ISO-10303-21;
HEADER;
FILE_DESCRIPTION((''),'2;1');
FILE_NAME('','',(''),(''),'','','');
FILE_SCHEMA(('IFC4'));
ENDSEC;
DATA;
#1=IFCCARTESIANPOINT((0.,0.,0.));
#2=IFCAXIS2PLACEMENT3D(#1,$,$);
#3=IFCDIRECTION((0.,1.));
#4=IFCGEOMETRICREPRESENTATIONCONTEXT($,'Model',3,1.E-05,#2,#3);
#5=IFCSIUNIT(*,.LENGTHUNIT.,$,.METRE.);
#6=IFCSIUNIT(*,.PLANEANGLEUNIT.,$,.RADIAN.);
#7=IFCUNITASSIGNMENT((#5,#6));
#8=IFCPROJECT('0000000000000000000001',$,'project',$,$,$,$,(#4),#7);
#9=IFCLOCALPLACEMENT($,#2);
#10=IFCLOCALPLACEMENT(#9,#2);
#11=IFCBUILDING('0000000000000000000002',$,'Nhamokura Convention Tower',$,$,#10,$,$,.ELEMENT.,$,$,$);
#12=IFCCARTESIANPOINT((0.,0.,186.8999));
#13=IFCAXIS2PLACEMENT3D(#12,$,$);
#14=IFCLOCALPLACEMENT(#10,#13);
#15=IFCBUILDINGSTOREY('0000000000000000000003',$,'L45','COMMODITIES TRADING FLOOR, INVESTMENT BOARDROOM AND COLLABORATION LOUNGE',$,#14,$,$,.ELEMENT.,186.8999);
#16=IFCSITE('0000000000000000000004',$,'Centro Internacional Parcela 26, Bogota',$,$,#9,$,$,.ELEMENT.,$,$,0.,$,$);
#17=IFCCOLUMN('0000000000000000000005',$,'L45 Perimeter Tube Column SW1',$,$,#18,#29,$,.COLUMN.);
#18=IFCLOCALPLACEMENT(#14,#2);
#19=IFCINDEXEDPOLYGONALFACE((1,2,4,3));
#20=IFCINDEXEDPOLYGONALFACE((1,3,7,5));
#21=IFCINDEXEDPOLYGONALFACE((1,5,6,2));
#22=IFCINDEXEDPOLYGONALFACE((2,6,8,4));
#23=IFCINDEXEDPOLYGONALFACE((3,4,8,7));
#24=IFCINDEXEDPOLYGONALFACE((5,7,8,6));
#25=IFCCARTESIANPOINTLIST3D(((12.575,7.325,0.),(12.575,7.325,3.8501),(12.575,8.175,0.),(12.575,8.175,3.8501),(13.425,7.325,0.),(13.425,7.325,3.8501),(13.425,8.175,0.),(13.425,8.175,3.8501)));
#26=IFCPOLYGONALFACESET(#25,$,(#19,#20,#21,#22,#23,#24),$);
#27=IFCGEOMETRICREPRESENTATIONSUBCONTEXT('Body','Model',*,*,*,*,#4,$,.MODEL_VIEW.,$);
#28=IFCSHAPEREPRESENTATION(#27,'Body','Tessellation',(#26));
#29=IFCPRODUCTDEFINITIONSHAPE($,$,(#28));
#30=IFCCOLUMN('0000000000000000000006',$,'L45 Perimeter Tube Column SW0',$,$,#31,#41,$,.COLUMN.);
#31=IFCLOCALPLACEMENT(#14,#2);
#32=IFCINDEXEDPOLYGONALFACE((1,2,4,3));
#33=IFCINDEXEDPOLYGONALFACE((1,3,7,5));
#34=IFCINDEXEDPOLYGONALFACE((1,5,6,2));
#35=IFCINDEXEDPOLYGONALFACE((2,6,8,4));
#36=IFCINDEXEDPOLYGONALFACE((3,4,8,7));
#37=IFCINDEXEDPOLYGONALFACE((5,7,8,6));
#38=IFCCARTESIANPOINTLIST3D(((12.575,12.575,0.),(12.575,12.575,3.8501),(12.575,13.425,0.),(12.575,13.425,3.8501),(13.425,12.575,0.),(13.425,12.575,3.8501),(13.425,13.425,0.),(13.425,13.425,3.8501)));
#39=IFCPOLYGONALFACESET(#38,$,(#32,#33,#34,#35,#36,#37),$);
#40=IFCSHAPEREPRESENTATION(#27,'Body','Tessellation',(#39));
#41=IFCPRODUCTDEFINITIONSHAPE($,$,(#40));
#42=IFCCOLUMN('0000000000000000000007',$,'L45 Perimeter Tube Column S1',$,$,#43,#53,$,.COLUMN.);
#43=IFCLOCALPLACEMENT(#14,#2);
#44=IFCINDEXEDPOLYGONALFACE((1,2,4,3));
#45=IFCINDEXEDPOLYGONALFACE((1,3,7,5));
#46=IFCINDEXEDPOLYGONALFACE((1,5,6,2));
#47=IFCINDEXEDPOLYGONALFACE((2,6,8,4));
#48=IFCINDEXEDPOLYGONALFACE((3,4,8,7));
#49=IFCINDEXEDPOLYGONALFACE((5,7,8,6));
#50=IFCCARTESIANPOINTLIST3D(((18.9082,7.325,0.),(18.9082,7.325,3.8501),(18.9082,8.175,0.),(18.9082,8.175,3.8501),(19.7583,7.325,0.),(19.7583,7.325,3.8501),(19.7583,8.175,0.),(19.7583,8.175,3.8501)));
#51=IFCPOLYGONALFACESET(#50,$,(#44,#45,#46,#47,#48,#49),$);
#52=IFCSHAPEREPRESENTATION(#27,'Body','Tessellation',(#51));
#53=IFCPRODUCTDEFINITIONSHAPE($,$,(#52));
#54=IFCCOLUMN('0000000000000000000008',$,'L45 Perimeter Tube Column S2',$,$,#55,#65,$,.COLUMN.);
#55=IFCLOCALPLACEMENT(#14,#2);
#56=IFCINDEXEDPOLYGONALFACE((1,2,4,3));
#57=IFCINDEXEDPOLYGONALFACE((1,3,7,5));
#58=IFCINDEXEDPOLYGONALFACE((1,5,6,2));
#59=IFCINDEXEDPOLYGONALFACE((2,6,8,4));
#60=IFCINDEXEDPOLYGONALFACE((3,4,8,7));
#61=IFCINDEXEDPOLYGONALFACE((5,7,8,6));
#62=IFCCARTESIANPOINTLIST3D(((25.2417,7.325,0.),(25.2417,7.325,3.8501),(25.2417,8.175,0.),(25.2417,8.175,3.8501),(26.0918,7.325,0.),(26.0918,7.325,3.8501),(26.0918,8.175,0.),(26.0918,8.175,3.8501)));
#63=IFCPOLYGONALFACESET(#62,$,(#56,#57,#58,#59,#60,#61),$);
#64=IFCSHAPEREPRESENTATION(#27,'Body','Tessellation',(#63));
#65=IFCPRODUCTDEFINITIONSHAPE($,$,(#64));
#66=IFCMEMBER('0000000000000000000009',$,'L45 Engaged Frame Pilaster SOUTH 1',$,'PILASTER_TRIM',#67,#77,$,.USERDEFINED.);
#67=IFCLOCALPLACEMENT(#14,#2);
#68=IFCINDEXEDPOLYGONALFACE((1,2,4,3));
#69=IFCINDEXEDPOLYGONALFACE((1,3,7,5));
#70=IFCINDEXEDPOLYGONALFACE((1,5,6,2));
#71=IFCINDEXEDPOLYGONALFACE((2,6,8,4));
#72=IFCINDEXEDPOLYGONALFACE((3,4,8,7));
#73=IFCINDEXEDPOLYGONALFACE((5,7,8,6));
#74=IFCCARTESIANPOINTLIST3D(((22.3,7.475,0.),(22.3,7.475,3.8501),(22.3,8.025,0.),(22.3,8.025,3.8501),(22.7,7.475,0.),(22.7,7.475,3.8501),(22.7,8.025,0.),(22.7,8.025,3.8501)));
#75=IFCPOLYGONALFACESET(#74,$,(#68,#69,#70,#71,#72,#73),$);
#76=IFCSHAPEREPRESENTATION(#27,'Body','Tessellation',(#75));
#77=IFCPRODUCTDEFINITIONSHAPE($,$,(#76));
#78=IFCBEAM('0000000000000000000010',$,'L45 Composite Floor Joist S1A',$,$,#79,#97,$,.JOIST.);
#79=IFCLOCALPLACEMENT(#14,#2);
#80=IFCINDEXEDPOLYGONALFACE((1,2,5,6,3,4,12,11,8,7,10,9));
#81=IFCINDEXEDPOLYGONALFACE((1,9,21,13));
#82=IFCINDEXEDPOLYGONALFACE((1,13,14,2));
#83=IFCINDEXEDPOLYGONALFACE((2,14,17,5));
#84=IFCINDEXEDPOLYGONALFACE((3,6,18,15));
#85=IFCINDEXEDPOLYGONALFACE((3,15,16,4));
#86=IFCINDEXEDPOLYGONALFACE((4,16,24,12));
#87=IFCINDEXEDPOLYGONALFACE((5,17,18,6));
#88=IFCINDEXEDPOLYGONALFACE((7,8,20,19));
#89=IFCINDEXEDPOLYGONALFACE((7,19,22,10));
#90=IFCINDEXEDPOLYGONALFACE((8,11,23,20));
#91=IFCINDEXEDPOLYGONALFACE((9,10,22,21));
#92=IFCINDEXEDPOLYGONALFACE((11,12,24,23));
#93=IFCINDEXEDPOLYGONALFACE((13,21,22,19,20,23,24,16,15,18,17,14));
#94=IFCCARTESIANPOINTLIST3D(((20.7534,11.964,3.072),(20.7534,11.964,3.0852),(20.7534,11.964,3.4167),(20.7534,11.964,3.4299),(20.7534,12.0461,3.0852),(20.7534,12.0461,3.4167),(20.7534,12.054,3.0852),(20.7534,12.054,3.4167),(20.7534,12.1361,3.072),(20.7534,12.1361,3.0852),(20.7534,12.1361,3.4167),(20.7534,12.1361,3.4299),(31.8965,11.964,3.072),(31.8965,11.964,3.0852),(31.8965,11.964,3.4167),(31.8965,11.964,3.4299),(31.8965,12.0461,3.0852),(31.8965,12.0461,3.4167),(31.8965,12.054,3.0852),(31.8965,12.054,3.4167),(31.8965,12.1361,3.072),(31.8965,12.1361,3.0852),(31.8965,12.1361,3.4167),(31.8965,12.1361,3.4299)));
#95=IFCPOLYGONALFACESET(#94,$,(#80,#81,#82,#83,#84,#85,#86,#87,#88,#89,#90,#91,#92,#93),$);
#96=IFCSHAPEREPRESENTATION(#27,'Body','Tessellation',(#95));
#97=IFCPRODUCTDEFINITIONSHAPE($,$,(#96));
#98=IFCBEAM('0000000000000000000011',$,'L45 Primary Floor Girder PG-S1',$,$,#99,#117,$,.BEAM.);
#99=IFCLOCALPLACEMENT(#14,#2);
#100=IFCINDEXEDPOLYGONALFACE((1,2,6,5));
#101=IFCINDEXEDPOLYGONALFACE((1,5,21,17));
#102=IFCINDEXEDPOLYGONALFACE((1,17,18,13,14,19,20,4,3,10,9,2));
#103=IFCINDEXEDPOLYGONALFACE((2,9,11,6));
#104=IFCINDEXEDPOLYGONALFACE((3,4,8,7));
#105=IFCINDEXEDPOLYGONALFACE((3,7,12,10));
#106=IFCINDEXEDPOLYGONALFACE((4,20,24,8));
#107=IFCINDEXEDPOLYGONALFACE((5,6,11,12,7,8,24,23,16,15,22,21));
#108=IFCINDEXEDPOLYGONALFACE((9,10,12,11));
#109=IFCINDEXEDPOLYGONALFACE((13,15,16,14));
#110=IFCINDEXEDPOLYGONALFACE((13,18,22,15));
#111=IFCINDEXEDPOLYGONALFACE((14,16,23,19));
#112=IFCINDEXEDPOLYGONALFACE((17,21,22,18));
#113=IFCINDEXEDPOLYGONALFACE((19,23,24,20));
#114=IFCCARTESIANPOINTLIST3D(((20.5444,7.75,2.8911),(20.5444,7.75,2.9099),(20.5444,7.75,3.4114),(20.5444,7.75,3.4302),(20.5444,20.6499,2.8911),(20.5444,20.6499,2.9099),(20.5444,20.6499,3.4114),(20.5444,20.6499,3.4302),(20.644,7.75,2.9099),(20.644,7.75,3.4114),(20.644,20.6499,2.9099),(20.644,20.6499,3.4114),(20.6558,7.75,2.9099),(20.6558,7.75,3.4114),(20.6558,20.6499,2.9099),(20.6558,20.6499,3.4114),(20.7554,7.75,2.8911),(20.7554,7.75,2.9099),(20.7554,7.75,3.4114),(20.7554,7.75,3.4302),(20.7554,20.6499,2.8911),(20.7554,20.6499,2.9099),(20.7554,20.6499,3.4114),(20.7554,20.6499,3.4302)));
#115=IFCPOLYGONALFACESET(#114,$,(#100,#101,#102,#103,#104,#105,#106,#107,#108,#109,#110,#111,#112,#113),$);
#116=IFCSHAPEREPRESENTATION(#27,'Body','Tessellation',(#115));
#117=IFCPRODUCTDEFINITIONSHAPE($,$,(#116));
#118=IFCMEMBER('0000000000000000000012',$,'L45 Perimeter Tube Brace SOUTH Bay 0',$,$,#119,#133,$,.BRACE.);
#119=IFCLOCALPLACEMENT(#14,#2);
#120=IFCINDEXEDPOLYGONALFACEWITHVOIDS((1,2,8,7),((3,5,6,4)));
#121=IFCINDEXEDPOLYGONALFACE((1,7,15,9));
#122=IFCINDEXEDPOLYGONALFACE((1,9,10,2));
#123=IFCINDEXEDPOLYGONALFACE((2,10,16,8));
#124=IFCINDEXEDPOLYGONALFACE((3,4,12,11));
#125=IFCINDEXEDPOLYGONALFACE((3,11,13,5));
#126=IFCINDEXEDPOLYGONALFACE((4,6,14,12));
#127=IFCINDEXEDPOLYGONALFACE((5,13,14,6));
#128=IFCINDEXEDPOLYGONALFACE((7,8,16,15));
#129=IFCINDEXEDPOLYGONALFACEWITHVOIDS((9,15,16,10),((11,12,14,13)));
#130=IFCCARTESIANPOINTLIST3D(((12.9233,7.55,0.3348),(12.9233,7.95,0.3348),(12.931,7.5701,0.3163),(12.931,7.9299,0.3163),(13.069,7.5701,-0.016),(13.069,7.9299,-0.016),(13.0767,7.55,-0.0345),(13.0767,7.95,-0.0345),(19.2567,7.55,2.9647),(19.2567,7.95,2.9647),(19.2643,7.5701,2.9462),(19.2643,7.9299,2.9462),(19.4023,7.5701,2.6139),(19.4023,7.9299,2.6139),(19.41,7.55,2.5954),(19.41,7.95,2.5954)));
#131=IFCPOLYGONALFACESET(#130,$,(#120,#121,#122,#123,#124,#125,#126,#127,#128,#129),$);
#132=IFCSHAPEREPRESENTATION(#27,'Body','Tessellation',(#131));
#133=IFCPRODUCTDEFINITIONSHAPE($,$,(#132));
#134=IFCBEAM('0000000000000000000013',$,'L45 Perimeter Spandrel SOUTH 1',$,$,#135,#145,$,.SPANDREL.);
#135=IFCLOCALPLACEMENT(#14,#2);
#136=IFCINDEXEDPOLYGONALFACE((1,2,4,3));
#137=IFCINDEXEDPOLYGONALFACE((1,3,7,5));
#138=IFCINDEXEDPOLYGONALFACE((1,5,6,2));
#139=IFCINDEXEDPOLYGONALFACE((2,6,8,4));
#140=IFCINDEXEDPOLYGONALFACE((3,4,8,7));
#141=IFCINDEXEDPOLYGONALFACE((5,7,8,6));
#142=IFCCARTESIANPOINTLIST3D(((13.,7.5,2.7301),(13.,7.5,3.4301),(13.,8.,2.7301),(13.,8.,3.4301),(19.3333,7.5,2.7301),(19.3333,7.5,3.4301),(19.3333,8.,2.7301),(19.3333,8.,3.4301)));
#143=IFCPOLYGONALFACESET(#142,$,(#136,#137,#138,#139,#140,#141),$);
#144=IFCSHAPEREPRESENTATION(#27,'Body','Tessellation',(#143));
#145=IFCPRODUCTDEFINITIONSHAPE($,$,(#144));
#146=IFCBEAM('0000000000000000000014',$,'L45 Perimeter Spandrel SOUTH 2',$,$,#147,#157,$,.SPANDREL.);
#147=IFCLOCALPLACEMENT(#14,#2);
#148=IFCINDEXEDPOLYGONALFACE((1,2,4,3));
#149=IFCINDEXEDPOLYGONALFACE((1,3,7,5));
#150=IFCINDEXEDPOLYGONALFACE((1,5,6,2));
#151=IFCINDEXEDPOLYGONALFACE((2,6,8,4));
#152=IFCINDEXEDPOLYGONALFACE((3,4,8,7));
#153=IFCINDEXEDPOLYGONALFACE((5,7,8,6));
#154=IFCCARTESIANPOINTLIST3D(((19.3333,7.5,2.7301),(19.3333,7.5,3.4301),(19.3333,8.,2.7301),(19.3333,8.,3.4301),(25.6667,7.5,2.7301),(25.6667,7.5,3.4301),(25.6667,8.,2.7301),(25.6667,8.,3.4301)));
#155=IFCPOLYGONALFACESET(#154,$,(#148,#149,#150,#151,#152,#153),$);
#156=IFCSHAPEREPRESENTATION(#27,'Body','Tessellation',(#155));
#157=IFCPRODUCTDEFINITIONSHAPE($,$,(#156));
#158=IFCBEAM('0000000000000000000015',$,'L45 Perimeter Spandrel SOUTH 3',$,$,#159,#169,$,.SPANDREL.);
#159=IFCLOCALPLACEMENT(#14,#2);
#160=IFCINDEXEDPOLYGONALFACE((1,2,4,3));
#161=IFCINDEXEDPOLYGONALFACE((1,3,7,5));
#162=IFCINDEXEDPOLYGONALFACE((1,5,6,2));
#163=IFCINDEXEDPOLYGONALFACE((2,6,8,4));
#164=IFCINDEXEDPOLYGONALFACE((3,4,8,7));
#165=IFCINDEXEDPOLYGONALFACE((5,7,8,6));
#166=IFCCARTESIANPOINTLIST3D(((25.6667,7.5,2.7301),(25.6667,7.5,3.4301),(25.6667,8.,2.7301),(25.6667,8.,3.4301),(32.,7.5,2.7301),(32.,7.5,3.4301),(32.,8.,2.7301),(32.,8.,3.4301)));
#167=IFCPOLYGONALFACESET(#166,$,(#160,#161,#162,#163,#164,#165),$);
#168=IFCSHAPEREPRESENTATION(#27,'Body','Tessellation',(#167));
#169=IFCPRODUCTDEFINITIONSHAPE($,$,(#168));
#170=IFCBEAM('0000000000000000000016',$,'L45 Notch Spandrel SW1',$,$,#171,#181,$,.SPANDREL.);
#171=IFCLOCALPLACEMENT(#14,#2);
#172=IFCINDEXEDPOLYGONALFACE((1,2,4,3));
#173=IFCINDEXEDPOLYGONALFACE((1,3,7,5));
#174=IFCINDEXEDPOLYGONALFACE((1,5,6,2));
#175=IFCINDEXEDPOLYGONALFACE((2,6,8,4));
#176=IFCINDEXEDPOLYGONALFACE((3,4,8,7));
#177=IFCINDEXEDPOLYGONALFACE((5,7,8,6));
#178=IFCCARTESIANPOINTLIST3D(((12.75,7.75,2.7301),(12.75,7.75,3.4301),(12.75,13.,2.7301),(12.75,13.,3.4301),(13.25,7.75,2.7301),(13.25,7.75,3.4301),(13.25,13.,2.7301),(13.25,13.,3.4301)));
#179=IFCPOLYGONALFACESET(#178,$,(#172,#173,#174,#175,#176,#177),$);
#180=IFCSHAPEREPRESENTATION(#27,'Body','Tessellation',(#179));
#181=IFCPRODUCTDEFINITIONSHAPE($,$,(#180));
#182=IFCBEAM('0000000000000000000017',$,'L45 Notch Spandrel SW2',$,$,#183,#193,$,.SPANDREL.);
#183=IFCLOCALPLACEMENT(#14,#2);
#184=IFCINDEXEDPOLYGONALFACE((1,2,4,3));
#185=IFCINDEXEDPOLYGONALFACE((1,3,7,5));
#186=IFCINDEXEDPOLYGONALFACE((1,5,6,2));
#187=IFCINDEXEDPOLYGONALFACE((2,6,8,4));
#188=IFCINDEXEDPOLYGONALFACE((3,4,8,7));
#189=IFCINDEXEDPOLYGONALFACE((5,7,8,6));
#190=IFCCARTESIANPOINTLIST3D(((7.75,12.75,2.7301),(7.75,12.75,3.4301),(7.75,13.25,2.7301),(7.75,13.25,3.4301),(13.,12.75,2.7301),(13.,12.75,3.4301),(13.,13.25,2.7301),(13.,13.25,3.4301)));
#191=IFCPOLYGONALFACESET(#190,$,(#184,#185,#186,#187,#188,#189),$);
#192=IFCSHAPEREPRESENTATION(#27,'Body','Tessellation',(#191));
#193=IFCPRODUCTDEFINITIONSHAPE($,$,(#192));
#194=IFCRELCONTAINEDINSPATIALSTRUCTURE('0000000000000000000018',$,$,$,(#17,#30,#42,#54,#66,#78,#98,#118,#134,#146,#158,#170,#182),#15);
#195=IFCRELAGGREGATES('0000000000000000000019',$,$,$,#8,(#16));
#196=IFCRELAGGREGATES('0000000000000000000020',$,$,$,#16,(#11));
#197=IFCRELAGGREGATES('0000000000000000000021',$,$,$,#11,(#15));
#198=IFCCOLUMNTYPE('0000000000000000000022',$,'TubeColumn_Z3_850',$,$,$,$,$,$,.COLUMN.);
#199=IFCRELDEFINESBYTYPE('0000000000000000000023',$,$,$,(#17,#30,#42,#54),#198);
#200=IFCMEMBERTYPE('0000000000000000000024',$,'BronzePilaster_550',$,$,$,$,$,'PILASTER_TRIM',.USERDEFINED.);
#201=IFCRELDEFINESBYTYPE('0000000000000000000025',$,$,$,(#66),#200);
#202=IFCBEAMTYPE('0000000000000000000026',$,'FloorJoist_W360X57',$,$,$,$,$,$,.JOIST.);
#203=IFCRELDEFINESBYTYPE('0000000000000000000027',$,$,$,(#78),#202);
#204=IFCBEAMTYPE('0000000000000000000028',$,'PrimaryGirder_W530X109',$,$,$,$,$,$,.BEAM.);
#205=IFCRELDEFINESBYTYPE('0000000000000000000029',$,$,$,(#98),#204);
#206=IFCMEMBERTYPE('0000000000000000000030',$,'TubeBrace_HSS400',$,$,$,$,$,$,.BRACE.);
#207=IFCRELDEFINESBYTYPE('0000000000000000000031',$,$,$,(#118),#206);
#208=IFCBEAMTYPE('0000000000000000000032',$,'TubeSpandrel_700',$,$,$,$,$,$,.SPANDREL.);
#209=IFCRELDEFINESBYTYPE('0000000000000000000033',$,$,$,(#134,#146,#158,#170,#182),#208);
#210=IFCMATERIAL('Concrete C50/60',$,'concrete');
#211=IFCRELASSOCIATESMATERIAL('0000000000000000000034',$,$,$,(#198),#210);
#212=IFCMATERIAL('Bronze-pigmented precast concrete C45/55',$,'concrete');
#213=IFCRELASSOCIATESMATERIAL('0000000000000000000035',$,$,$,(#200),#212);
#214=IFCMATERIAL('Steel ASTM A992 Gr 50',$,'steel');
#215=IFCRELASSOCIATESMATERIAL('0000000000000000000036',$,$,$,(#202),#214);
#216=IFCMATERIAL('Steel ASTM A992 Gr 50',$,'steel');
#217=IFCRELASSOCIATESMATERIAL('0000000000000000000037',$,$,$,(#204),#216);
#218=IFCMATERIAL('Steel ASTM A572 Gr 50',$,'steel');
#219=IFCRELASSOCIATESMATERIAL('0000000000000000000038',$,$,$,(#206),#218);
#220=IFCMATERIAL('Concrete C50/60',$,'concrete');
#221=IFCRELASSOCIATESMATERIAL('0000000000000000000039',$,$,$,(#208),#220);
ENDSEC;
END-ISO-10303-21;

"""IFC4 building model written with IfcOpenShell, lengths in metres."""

from ifc_helpers import new_model, si_unit, direction, frame, origin, origin_2d, place, context, subcontext, project, spatial, rectangle, hollow_rectangle, i_section, extrude, material, material_profile, profile_set, type_object, element, save


model = new_model("IFC4")

# Units and contexts
model_context = context("Model", 3, precision=1e-05, world=origin(), true_north=direction((0.0, 1.0)))
body_context = subcontext(model_context, "Body", "Model", "MODEL_VIEW")
ifc_project = project(units=[si_unit("LENGTHUNIT", "METRE"), si_unit("PLANEANGLEUNIT", "RADIAN")], contexts=[model_context])

# Site, building, storey
site_placement = place(None, origin())
site = spatial("IfcSite", under=ifc_project, at=site_placement, Name="Centro Internacional Parcela 26, Bogota", CompositionType="ELEMENT", RefElevation=0.0)
building_placement = place(site_placement, origin())
building = spatial("IfcBuilding", under=site, at=building_placement, Name="Nhamokura Convention Tower", CompositionType="ELEMENT")
storey_placement = place(building_placement, frame((0.0, 0.0, 186.8999)))
storey = spatial("IfcBuildingStorey", under=building, at=storey_placement, Name="L45", Description="COMMODITIES TRADING FLOOR, INVESTMENT BOARDROOM AND COLLABORATION LOUNGE", CompositionType="ELEMENT", Elevation=186.8999)

# Columns
ifc_material_1 = material(Name="Concrete C50/60", Category="concrete")
ifc_material_profile_1 = material_profile(ifc_material_1, rectangle(XDim=0.8501, YDim=0.8501, at=origin_2d()))
ifc_profile_set_1 = profile_set([ifc_material_profile_1], Name="Concrete C50/60")
column_type = type_object("IfcColumnType", Name="TubeColumn_Z3_850", PredefinedType="COLUMN", material=ifc_profile_set_1)
for number, where, z_axis, x_axis, name in (
    (1, (13.0, 7.75, 0.0), (0.0, 0.0, 1.0), (1.0, 0.0, 0.0), "L45 Perimeter Tube Column SW1"),
    (2, (13.0, 13.0, 0.0), (0.0, 0.0, 1.0), (1.0, 0.0, 0.0), "L45 Perimeter Tube Column SW0"),
    (3, (19.3333, 7.75, 0.0), (0.0, 0.0, 1.0), (1.0, 0.0, 0.0), "L45 Perimeter Tube Column S1"),
    (4, (25.6667, 7.75, 0.0), (0.0, 0.0, 1.0), (1.0, 0.0, 0.0), "L45 Perimeter Tube Column S2"),
):
    element("IfcColumn", number, at=place(storey_placement, frame(where, z_axis=z_axis, x_axis=x_axis)), inside=storey, type_object=column_type, Name=name, PredefinedType="COLUMN", context=body_context, shape_type="SweptSolid", body=[
        extrude(rectangle(XDim=0.8501, YDim=0.8501, at=origin_2d()), origin(), (0.0, 0.0, 1.0), 3.8501),
    ])

# Member
ifc_material_2 = material(Name="Bronze-pigmented precast concrete C45/55", Category="concrete")
ifc_material_profile_2 = material_profile(ifc_material_2, rectangle(XDim=0.3999, YDim=0.55, at=origin_2d()))
ifc_profile_set_2 = profile_set([ifc_material_profile_2], Name="Bronze-pigmented precast concrete C45/55")
member_type_1 = type_object("IfcMemberType", Name="BronzePilaster_550", ElementType="PILASTER_TRIM", PredefinedType="USERDEFINED", material=ifc_profile_set_2)
member_1_placement = place(storey_placement, frame((22.5, 7.75, 0.0), z_axis=(0.0, 0.0, 1.0), x_axis=(1.0, 0.0, 0.0)))
element("IfcMember", 5, at=member_1_placement, inside=storey, type_object=member_type_1, Name="L45 Engaged Frame Pilaster SOUTH 1", ObjectType="PILASTER_TRIM", PredefinedType="USERDEFINED", context=body_context, shape_type="SweptSolid", body=[
    extrude(rectangle(XDim=0.3999, YDim=0.55, at=origin_2d()), origin(), (0.0, 0.0, 1.0), 3.8501),
])

# Beams
ifc_material_3 = material(Name="Steel ASTM A992 Gr 50", Category="steel")
ifc_material_profile_3 = material_profile(ifc_material_3, i_section(OverallWidth=0.1721, OverallDepth=0.3579, WebThickness=0.0078, FlangeThickness=0.0132, at=origin_2d()))
ifc_profile_set_3 = profile_set([ifc_material_profile_3], Name="Steel ASTM A992 Gr 50")
beam_type_1 = type_object("IfcBeamType", Name="FloorJoist_W360X57", PredefinedType="JOIST", material=ifc_profile_set_3)
beam_1_placement = place(storey_placement, frame((20.7534, 12.05, 3.251), z_axis=(1.0, 0.0, 0.0), x_axis=(0.0, 1.0, 0.0)))
element("IfcBeam", 6, at=beam_1_placement, inside=storey, type_object=beam_type_1, Name="L45 Composite Floor Joist S1A", PredefinedType="JOIST", context=body_context, shape_type="SweptSolid", body=[
    extrude(i_section(OverallWidth=0.1721, OverallDepth=0.3579, WebThickness=0.0078, FlangeThickness=0.0132, at=origin_2d()), origin(), (0.0, 0.0, 1.0), 11.1431),
])
ifc_material_4 = material(Name="Steel ASTM A992 Gr 50", Category="steel")
ifc_material_profile_4 = material_profile(ifc_material_4, i_section(OverallWidth=0.2109, OverallDepth=0.5391, WebThickness=0.0117, FlangeThickness=0.0188, at=origin_2d()))
ifc_profile_set_4 = profile_set([ifc_material_profile_4], Name="Steel ASTM A992 Gr 50")
beam_type_2 = type_object("IfcBeamType", Name="PrimaryGirder_W530X109", PredefinedType="BEAM", material=ifc_profile_set_4)
beam_2_placement = place(storey_placement, frame((20.6499, 7.75, 3.1606), z_axis=(0.0, 1.0, 0.0), x_axis=(-1.0, 0.0, 0.0)))
element("IfcBeam", 7, at=beam_2_placement, inside=storey, type_object=beam_type_2, Name="L45 Primary Floor Girder PG-S1", PredefinedType="BEAM", context=body_context, shape_type="SweptSolid", body=[
    extrude(i_section(OverallWidth=0.2109, OverallDepth=0.5391, WebThickness=0.0117, FlangeThickness=0.0188, at=origin_2d()), origin(), (0.0, 0.0, 1.0), 12.8999),
])

# Member
ifc_material_5 = material(Name="Steel ASTM A572 Gr 50", Category="steel")
ifc_material_profile_5 = material_profile(ifc_material_5, hollow_rectangle(XDim=0.3999, YDim=0.3999, WallThickness=0.02, at=origin_2d()))
ifc_profile_set_5 = profile_set([ifc_material_profile_5], Name="Steel ASTM A572 Gr 50")
member_type_2 = type_object("IfcMemberType", Name="TubeBrace_HSS400", PredefinedType="BRACE", material=ifc_profile_set_5)
member_2_placement = place(storey_placement, frame((13.0, 7.75, 0.1501), z_axis=(0.923541, 0.0, 0.3835), x_axis=(0.0, 1.0, 0.0)))
element("IfcMember", 8, at=member_2_placement, inside=storey, type_object=member_type_2, Name="L45 Perimeter Tube Brace SOUTH Bay 0", PredefinedType="BRACE", context=body_context, shape_type="SweptSolid", body=[
    extrude(hollow_rectangle(XDim=0.3999, YDim=0.3999, WallThickness=0.02, at=origin_2d()), origin(), (0.0, 0.0, 1.0), 6.8577),
])

# Beams
ifc_material_6 = material(Name="Concrete C50/60", Category="concrete")
ifc_material_profile_6 = material_profile(ifc_material_6, rectangle(XDim=0.5, YDim=0.7, at=origin_2d()))
ifc_profile_set_6 = profile_set([ifc_material_profile_6], Name="Concrete C50/60")
beam_type_3 = type_object("IfcBeamType", Name="TubeSpandrel_700", PredefinedType="SPANDREL", material=ifc_profile_set_6)
beam_3_placement = place(storey_placement, frame((13.0, 7.75, 3.0801), z_axis=(1.0, 0.0, 0.0), x_axis=(0.0, 1.0, 0.0)))
element("IfcBeam", 9, at=beam_3_placement, inside=storey, type_object=beam_type_3, Name="L45 Perimeter Spandrel SOUTH 1", PredefinedType="SPANDREL", context=body_context, shape_type="SweptSolid", body=[
    extrude(rectangle(XDim=0.5, YDim=0.7, at=origin_2d()), origin(), (0.0, 0.0, 1.0), 6.3333),
])
beam_4_placement = place(storey_placement, frame((19.3333, 7.75, 3.0801), z_axis=(1.0, 0.0, 0.0), x_axis=(0.0, 1.0, 0.0)))
element("IfcBeam", 10, at=beam_4_placement, inside=storey, type_object=beam_type_3, Name="L45 Perimeter Spandrel SOUTH 2", PredefinedType="SPANDREL", context=body_context, shape_type="SweptSolid", body=[
    extrude(rectangle(XDim=0.5, YDim=0.7, at=origin_2d()), origin(), (0.0, 0.0, 1.0), 6.3335),
])
beam_5_placement = place(storey_placement, frame((25.6667, 7.75, 3.0801), z_axis=(1.0, 0.0, 0.0), x_axis=(0.0, 1.0, 0.0)))
element("IfcBeam", 11, at=beam_5_placement, inside=storey, type_object=beam_type_3, Name="L45 Perimeter Spandrel SOUTH 3", PredefinedType="SPANDREL", context=body_context, shape_type="SweptSolid", body=[
    extrude(rectangle(XDim=0.5, YDim=0.7, at=origin_2d()), origin(), (0.0, 0.0, 1.0), 6.3333),
])
for number, where, z_axis, x_axis, name in (
    (12, (13.0, 7.75, 3.0801), (0.0, 1.0, 0.0), (-1.0, 0.0, 0.0), "L45 Notch Spandrel SW1"),
    (13, (13.0, 13.0, 3.0801), (-1.0, 0.0, 0.0), (0.0, -1.0, 0.0), "L45 Notch Spandrel SW2"),
):
    element("IfcBeam", number, at=place(storey_placement, frame(where, z_axis=z_axis, x_axis=x_axis)), inside=storey, type_object=beam_type_3, Name=name, PredefinedType="SPANDREL", context=body_context, shape_type="SweptSolid", body=[
        extrude(rectangle(XDim=0.5, YDim=0.7, at=origin_2d()), origin(), (0.0, 0.0, 1.0), 5.25),
    ])

save(model, "model.ifc")
